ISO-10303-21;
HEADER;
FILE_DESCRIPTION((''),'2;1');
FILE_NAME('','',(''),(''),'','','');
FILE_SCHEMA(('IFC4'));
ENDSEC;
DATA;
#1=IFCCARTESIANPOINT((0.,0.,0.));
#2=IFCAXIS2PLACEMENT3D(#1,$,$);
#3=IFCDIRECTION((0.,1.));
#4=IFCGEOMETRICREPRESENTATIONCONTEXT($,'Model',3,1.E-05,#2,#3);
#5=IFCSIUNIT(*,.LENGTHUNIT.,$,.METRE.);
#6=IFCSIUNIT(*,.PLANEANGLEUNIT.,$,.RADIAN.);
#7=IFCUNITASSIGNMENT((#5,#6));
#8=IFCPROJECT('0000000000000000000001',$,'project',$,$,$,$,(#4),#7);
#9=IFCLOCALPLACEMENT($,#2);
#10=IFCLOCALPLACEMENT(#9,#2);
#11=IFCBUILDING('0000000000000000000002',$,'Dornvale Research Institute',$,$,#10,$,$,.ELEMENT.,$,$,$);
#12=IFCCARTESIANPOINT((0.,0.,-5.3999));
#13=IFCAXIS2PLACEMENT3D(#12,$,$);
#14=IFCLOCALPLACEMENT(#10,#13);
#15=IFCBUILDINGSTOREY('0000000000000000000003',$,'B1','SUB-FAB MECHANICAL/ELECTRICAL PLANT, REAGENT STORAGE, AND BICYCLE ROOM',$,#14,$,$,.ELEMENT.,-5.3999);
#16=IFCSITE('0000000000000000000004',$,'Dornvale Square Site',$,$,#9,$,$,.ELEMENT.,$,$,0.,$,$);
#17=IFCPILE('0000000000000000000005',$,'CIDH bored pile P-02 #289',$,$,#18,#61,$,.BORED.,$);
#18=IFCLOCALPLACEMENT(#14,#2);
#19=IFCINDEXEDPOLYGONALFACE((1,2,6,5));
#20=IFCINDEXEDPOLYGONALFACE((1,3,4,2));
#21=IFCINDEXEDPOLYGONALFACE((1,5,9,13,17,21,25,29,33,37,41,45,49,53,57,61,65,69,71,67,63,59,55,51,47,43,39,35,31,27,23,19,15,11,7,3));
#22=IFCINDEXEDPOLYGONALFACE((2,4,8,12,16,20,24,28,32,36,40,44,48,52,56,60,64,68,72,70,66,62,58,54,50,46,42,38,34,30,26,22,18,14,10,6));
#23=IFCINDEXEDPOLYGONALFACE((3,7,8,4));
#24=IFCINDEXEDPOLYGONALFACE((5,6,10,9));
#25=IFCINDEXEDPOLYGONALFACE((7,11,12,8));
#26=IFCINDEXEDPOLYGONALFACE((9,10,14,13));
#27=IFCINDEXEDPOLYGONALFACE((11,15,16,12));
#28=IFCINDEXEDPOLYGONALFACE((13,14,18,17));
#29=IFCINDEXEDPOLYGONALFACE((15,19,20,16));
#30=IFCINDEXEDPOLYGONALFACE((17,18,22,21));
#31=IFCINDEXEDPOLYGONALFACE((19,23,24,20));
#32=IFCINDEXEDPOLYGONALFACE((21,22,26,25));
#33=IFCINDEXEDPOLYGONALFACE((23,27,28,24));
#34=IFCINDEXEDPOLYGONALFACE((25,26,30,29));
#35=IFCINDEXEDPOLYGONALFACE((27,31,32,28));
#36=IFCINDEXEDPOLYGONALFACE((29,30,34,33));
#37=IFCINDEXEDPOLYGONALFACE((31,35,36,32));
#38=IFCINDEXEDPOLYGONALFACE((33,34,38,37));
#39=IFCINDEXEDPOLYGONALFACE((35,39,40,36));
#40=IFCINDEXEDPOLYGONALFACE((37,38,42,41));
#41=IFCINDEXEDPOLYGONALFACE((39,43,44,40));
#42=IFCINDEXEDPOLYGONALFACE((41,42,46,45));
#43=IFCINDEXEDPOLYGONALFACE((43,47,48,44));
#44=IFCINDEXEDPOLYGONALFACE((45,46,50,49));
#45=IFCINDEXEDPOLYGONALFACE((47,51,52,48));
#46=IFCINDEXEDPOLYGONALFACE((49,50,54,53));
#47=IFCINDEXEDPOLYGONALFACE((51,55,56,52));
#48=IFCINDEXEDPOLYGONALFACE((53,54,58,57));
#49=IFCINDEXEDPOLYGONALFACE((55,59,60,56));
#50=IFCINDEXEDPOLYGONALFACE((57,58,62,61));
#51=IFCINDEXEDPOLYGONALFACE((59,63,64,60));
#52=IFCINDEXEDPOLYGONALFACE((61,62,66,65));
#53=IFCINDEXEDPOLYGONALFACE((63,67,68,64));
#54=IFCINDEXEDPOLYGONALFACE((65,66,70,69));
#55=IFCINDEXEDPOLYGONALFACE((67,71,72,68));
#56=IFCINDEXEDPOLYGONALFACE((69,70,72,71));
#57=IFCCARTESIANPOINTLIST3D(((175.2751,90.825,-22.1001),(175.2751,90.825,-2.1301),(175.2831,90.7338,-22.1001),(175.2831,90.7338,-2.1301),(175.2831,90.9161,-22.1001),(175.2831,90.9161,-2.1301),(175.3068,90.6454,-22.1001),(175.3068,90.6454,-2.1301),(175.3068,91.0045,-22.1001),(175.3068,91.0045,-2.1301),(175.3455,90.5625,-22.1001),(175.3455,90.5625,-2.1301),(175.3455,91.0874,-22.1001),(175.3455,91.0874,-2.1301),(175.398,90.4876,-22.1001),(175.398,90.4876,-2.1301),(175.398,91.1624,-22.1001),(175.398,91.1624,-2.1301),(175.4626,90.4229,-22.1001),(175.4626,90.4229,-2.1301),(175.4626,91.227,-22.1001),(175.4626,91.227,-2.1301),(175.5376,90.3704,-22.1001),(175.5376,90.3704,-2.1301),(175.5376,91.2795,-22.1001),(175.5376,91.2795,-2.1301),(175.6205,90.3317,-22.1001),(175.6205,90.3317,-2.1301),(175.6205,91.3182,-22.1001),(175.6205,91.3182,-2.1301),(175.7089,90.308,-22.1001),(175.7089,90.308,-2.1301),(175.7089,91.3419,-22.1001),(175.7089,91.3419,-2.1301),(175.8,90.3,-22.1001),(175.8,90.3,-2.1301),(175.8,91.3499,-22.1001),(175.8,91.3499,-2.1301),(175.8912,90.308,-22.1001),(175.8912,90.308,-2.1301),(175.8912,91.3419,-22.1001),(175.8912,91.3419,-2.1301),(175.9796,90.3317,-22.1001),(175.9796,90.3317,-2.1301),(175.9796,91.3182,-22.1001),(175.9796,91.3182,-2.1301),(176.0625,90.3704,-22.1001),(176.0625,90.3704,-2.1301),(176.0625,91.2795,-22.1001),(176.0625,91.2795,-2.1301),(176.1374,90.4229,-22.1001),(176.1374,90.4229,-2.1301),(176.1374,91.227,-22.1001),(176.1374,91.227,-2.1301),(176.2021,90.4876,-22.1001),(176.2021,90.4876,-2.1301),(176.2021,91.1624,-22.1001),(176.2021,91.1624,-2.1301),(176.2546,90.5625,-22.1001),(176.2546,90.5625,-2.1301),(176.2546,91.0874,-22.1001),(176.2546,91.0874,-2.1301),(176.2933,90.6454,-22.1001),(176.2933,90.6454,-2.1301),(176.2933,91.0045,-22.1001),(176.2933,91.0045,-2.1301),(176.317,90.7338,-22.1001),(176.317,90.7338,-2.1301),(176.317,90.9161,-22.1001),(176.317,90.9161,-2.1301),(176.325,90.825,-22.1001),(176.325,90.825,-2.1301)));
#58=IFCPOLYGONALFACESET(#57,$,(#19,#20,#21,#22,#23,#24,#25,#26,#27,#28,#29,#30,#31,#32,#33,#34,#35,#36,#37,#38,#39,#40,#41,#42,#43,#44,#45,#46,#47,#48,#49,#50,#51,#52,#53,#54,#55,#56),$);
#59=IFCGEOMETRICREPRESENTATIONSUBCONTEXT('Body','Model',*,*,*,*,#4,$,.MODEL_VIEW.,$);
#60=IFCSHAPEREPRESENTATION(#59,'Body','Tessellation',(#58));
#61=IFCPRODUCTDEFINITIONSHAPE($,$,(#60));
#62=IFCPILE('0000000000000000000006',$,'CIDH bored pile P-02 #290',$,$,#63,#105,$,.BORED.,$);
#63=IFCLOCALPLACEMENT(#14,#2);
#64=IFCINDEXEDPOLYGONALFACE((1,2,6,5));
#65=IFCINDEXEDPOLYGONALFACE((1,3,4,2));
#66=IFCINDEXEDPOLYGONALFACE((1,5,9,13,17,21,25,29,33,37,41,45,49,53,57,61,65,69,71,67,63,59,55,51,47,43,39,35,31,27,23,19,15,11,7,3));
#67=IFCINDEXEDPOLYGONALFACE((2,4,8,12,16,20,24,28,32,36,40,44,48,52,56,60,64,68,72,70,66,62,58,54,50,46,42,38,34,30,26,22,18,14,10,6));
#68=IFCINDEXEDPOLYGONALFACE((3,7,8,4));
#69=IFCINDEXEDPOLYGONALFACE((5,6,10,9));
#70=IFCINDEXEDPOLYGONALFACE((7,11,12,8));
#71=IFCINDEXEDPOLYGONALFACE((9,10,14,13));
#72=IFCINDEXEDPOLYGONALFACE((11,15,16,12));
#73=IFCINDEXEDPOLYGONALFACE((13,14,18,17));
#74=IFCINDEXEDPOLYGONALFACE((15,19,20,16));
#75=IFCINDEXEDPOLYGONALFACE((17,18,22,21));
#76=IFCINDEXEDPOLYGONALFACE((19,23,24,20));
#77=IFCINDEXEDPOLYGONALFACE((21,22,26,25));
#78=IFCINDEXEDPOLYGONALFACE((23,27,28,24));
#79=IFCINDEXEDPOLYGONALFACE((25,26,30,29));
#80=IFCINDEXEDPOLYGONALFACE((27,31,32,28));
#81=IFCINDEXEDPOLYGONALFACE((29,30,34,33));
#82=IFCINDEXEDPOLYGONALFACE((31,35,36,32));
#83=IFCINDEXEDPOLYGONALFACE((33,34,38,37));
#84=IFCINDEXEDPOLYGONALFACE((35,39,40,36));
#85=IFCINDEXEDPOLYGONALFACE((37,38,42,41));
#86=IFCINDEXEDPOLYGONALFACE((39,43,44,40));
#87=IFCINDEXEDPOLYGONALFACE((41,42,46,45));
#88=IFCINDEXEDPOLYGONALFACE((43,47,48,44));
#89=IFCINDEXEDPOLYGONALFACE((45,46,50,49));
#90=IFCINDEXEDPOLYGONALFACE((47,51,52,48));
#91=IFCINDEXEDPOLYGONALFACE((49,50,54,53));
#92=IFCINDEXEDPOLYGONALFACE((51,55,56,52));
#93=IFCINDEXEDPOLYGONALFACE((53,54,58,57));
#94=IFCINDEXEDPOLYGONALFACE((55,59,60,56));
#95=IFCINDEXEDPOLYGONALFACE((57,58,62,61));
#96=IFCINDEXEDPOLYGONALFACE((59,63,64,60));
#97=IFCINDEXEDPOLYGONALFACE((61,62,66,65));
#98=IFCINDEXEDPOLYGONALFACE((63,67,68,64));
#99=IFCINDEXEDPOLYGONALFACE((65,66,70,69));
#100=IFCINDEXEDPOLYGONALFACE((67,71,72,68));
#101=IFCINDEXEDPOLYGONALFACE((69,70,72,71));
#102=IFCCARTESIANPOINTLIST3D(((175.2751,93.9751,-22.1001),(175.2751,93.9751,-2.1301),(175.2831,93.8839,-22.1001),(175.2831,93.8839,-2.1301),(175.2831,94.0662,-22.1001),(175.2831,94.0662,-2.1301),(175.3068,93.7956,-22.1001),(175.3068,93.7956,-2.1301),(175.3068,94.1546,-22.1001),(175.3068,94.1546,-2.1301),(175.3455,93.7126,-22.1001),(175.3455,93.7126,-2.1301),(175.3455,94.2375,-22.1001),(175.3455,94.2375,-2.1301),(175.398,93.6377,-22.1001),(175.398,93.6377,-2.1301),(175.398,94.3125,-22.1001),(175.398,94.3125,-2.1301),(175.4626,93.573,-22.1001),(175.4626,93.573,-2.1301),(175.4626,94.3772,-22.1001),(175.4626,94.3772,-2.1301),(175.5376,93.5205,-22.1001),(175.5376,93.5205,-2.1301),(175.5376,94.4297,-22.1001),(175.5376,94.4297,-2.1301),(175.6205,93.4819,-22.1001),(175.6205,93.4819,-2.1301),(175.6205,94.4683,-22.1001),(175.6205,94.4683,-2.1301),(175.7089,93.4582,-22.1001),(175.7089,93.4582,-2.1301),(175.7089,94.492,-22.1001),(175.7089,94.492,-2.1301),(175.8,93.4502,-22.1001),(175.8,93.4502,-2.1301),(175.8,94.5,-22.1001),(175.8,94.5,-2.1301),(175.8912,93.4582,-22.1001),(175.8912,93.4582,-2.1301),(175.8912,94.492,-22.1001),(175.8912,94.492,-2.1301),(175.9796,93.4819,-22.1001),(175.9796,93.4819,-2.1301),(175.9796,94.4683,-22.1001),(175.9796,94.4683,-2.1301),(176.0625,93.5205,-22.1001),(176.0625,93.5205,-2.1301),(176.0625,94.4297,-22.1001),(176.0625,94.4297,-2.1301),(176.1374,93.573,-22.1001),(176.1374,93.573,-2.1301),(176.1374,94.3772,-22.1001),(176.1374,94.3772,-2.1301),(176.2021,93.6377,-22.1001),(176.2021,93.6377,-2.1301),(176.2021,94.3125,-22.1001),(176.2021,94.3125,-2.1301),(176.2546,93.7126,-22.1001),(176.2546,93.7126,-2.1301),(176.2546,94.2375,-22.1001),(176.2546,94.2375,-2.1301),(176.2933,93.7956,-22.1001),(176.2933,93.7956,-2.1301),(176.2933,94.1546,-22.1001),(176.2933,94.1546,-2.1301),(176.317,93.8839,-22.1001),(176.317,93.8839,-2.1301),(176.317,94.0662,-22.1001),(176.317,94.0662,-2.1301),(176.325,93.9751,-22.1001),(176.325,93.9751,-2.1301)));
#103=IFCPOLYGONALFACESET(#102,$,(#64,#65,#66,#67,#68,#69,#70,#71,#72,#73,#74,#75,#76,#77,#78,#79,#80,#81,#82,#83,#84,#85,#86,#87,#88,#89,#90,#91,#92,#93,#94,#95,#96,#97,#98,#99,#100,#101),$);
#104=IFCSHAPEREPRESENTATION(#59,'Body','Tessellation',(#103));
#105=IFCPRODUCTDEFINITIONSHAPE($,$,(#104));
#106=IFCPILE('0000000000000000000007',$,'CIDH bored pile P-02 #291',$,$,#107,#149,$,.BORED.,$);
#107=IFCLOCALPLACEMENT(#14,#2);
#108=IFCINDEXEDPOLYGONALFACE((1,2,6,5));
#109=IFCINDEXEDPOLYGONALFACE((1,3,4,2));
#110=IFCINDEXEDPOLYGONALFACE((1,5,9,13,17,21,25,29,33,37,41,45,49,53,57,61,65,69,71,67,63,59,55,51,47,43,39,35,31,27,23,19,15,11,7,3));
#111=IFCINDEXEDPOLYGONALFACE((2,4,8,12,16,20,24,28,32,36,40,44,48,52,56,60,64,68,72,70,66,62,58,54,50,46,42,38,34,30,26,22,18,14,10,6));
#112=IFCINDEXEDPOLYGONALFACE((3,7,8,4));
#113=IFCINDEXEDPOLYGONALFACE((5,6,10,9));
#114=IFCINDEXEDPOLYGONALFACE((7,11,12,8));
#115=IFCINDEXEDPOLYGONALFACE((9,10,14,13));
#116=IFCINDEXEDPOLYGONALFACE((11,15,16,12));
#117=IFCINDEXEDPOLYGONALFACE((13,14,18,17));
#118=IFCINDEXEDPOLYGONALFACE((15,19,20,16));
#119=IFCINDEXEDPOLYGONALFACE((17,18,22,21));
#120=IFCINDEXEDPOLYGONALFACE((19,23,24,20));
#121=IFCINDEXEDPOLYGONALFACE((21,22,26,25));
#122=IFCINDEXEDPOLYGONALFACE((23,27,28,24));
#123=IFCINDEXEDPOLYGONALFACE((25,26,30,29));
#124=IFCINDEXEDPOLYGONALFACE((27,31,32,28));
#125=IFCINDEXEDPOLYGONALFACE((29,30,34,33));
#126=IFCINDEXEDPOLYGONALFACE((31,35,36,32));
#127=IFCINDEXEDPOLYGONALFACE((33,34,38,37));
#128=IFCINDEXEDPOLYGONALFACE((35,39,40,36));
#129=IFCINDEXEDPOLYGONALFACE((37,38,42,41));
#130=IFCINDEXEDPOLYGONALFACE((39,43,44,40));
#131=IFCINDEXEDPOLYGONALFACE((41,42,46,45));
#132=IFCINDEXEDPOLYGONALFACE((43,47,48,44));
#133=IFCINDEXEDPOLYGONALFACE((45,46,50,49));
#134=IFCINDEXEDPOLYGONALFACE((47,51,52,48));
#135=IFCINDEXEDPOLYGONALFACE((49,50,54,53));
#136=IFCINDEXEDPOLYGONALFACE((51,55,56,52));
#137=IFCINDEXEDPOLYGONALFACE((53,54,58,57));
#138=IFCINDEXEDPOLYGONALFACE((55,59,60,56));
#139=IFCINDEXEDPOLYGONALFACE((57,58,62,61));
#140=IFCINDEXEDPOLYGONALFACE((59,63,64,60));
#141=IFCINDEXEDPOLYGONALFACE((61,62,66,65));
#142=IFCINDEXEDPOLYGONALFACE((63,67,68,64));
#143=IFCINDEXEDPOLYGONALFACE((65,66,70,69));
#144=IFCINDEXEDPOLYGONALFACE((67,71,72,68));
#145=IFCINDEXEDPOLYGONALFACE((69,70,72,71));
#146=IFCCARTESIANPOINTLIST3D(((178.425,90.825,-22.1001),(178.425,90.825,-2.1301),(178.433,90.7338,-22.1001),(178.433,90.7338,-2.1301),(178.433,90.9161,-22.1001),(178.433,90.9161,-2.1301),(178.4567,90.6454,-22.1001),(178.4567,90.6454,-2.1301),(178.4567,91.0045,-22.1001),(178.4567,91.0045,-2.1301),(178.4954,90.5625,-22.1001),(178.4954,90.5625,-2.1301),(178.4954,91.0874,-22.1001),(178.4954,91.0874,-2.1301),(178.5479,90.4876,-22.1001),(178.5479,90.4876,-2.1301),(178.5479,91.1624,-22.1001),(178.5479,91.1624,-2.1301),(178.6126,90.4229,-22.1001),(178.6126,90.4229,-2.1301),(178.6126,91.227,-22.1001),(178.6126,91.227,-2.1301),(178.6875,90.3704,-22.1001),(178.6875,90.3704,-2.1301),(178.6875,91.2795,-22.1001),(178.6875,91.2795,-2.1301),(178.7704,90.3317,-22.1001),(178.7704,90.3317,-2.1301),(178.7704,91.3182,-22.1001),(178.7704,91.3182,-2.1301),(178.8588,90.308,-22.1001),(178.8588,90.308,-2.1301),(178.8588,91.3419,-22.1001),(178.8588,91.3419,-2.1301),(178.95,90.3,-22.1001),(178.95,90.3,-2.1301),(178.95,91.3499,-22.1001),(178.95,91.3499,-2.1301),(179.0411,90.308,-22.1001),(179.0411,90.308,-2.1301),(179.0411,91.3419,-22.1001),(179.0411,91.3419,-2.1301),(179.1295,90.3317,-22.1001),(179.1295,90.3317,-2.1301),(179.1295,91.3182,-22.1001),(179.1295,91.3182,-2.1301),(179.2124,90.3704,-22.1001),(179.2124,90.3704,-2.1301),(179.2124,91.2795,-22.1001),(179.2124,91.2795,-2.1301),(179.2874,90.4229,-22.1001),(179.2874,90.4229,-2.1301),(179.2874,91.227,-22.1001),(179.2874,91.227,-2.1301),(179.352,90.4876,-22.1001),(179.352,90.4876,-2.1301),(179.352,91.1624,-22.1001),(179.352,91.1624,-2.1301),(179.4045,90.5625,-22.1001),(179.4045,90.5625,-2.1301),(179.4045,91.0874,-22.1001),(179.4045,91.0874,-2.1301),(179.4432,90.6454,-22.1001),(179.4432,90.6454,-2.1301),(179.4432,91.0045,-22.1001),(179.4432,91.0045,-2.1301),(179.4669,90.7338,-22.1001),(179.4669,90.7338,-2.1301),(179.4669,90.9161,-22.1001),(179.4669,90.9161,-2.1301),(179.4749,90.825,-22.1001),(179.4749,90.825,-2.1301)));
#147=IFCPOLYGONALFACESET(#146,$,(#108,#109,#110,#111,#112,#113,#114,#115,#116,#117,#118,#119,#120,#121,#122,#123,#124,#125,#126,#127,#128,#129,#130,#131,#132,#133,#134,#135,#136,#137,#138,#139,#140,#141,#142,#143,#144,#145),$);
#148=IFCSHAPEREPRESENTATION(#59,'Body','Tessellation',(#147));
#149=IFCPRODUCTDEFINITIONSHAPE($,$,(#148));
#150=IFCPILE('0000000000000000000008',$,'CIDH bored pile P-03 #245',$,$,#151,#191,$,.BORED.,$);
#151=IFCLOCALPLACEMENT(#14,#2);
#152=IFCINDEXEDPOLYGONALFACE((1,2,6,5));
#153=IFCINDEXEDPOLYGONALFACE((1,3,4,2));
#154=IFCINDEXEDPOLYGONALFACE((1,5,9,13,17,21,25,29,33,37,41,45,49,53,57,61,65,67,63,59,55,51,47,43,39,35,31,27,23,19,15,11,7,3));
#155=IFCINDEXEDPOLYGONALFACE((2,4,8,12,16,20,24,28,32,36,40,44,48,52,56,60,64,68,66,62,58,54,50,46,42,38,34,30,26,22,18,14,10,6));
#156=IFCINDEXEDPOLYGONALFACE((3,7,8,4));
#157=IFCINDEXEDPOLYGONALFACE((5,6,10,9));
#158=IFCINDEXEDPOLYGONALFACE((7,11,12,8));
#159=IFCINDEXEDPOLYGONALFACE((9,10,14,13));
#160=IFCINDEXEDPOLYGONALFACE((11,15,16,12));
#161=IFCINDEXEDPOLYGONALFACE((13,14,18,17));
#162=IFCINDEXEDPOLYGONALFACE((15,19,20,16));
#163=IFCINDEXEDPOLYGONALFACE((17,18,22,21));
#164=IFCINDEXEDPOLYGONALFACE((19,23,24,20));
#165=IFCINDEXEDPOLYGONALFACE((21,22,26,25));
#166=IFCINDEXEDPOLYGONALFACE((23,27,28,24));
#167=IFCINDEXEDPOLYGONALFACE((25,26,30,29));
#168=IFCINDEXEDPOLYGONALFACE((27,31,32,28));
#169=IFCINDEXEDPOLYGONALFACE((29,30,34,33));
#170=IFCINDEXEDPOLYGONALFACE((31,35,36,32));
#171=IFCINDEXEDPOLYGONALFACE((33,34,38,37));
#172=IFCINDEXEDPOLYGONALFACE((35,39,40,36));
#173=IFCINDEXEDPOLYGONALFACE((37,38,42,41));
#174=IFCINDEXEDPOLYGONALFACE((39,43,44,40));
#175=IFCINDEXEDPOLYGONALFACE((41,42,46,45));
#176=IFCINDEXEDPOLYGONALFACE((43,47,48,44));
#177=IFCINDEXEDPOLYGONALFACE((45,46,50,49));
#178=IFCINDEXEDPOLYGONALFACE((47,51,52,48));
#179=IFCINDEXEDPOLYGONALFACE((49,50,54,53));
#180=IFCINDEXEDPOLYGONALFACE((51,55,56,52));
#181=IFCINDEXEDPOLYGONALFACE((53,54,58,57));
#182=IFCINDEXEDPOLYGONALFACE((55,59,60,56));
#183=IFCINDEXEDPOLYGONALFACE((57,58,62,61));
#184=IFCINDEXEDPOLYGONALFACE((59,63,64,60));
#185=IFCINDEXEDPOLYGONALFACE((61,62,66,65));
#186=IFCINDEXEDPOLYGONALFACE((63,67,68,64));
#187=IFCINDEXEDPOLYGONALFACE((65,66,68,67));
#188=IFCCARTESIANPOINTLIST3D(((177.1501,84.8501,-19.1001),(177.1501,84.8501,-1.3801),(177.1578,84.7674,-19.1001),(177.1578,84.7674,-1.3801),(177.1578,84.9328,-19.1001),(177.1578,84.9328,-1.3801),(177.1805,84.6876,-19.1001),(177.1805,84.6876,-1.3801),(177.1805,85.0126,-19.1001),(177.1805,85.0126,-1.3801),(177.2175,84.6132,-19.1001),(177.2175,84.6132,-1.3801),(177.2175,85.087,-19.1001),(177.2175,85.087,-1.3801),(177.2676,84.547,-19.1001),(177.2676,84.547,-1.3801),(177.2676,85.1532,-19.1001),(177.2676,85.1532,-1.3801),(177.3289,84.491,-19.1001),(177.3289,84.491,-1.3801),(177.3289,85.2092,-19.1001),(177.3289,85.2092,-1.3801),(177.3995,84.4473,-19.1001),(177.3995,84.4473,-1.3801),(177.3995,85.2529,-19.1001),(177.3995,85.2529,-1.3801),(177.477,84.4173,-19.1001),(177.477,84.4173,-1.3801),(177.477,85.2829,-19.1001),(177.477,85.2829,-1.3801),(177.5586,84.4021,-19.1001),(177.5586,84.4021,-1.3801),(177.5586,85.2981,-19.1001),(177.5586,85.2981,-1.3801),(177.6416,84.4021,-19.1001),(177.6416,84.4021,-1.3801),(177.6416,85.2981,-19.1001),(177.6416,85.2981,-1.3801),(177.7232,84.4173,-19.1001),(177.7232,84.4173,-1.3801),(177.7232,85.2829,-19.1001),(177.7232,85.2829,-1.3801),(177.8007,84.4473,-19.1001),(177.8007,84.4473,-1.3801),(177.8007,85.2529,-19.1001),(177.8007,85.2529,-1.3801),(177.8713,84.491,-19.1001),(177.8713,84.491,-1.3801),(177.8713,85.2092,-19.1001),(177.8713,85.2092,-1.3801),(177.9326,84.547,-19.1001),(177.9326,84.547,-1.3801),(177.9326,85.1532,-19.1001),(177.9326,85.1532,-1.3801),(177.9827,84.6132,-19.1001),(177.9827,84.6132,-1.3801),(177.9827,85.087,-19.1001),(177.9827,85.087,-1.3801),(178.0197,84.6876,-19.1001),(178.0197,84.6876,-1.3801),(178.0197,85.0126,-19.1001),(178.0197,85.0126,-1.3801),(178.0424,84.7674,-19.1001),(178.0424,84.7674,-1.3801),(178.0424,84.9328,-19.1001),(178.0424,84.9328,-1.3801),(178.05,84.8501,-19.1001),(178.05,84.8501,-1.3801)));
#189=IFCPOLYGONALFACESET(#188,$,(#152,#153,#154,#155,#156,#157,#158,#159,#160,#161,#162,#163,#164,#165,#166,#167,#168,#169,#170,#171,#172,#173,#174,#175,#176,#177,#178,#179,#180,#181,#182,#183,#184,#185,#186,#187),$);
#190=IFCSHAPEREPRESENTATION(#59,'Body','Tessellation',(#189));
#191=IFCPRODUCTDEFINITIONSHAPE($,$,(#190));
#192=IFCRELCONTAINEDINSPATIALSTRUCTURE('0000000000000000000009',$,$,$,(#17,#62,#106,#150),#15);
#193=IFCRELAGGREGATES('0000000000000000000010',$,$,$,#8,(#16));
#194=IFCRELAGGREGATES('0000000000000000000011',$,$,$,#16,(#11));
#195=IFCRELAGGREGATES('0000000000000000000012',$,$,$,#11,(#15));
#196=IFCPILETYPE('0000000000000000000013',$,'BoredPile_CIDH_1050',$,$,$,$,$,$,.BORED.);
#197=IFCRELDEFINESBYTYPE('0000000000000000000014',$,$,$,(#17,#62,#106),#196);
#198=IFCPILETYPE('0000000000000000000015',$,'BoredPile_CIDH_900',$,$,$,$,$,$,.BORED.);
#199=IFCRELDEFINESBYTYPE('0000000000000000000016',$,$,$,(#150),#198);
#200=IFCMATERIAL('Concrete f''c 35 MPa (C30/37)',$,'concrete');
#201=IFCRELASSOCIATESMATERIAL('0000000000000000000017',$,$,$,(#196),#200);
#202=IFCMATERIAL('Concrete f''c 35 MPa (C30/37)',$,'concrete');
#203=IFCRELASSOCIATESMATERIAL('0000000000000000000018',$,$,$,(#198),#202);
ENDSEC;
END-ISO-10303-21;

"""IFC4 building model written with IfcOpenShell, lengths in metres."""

from ifc_helpers import new_model, si_unit, direction, frame, origin, origin_2d, place, context, subcontext, project, spatial, circle, extrude, material, material_profile, profile_set, type_object, element, save


model = new_model("IFC4")

# Units and contexts
model_context = context("Model", 3, precision=1e-05, world=origin(), true_north=direction((0.0, 1.0)))
body_context = subcontext(model_context, "Body", "Model", "MODEL_VIEW")
ifc_project = project(units=[si_unit("LENGTHUNIT", "METRE"), si_unit("PLANEANGLEUNIT", "RADIAN")], contexts=[model_context])

# Site, building, storey
site_placement = place(None, origin())
site = spatial("IfcSite", under=ifc_project, at=site_placement, Name="Dornvale Square Site", CompositionType="ELEMENT", RefElevation=0.0)
building_placement = place(site_placement, origin())
building = spatial("IfcBuilding", under=site, at=building_placement, Name="Dornvale Research Institute", CompositionType="ELEMENT")
storey_placement = place(building_placement, frame((0.0, 0.0, -5.3999)))
storey = spatial("IfcBuildingStorey", under=building, at=storey_placement, Name="B1", Description="SUB-FAB MECHANICAL/ELECTRICAL PLANT, REAGENT STORAGE, AND BICYCLE ROOM", CompositionType="ELEMENT", Elevation=-5.3999)

# Piles
ifc_material_1 = material(Name="Concrete f'c 35 MPa (C30/37)", Category="concrete")
ifc_material_profile_1 = material_profile(ifc_material_1, circle(Radius=0.5249, at=origin_2d()), Name="CIDH PILE D1050")
ifc_profile_set_1 = profile_set([ifc_material_profile_1], Name="Concrete f'c 35 MPa (C30/37)")
pile_type_1 = type_object("IfcPileType", Name="BoredPile_CIDH_1050", PredefinedType="BORED", material=ifc_profile_set_1)
for number, where, z_axis, x_axis, name in (
    (1, (175.8, 90.825, -2.1301), (0.0, 0.0, -1.0), (1.0, 0.0, 0.0), "CIDH bored pile P-02 #289"),
    (2, (175.8, 93.9751, -2.1301), (0.0, 0.0, -1.0), (1.0, 0.0, 0.0), "CIDH bored pile P-02 #290"),
    (3, (178.95, 90.825, -2.1301), (0.0, 0.0, -1.0), (1.0, 0.0, 0.0), "CIDH bored pile P-02 #291"),
):
    element("IfcPile", number, at=place(storey_placement, frame(where, z_axis=z_axis, x_axis=x_axis)), inside=storey, type_object=pile_type_1, Name=name, PredefinedType="BORED", context=body_context, shape_type="SweptSolid", body=[
        extrude(circle(Radius=0.5249, at=origin_2d()), origin(), (0.0, 0.0, 1.0), 19.97),
    ])
ifc_material_2 = material(Name="Concrete f'c 35 MPa (C30/37)", Category="concrete")
ifc_material_profile_2 = material_profile(ifc_material_2, circle(Radius=0.45, at=origin_2d()), Name="CIDH PILE D900")
ifc_profile_set_2 = profile_set([ifc_material_profile_2], Name="Concrete f'c 35 MPa (C30/37)")
pile_type_2 = type_object("IfcPileType", Name="BoredPile_CIDH_900", PredefinedType="BORED", material=ifc_profile_set_2)
for number, where, z_axis, x_axis, name in (
    (4, (177.6001, 84.8501, -1.3801), (0.0, 0.0, -1.0), (1.0, 0.0, 0.0), "CIDH bored pile P-03 #245"),
):
    element("IfcPile", number, at=place(storey_placement, frame(where, z_axis=z_axis, x_axis=x_axis)), inside=storey, type_object=pile_type_2, Name=name, PredefinedType="BORED", context=body_context, shape_type="SweptSolid", body=[
        extrude(circle(Radius=0.45, at=origin_2d()), origin(), (0.0, 0.0, 1.0), 17.72),
    ])

save(model, "model.ifc")
